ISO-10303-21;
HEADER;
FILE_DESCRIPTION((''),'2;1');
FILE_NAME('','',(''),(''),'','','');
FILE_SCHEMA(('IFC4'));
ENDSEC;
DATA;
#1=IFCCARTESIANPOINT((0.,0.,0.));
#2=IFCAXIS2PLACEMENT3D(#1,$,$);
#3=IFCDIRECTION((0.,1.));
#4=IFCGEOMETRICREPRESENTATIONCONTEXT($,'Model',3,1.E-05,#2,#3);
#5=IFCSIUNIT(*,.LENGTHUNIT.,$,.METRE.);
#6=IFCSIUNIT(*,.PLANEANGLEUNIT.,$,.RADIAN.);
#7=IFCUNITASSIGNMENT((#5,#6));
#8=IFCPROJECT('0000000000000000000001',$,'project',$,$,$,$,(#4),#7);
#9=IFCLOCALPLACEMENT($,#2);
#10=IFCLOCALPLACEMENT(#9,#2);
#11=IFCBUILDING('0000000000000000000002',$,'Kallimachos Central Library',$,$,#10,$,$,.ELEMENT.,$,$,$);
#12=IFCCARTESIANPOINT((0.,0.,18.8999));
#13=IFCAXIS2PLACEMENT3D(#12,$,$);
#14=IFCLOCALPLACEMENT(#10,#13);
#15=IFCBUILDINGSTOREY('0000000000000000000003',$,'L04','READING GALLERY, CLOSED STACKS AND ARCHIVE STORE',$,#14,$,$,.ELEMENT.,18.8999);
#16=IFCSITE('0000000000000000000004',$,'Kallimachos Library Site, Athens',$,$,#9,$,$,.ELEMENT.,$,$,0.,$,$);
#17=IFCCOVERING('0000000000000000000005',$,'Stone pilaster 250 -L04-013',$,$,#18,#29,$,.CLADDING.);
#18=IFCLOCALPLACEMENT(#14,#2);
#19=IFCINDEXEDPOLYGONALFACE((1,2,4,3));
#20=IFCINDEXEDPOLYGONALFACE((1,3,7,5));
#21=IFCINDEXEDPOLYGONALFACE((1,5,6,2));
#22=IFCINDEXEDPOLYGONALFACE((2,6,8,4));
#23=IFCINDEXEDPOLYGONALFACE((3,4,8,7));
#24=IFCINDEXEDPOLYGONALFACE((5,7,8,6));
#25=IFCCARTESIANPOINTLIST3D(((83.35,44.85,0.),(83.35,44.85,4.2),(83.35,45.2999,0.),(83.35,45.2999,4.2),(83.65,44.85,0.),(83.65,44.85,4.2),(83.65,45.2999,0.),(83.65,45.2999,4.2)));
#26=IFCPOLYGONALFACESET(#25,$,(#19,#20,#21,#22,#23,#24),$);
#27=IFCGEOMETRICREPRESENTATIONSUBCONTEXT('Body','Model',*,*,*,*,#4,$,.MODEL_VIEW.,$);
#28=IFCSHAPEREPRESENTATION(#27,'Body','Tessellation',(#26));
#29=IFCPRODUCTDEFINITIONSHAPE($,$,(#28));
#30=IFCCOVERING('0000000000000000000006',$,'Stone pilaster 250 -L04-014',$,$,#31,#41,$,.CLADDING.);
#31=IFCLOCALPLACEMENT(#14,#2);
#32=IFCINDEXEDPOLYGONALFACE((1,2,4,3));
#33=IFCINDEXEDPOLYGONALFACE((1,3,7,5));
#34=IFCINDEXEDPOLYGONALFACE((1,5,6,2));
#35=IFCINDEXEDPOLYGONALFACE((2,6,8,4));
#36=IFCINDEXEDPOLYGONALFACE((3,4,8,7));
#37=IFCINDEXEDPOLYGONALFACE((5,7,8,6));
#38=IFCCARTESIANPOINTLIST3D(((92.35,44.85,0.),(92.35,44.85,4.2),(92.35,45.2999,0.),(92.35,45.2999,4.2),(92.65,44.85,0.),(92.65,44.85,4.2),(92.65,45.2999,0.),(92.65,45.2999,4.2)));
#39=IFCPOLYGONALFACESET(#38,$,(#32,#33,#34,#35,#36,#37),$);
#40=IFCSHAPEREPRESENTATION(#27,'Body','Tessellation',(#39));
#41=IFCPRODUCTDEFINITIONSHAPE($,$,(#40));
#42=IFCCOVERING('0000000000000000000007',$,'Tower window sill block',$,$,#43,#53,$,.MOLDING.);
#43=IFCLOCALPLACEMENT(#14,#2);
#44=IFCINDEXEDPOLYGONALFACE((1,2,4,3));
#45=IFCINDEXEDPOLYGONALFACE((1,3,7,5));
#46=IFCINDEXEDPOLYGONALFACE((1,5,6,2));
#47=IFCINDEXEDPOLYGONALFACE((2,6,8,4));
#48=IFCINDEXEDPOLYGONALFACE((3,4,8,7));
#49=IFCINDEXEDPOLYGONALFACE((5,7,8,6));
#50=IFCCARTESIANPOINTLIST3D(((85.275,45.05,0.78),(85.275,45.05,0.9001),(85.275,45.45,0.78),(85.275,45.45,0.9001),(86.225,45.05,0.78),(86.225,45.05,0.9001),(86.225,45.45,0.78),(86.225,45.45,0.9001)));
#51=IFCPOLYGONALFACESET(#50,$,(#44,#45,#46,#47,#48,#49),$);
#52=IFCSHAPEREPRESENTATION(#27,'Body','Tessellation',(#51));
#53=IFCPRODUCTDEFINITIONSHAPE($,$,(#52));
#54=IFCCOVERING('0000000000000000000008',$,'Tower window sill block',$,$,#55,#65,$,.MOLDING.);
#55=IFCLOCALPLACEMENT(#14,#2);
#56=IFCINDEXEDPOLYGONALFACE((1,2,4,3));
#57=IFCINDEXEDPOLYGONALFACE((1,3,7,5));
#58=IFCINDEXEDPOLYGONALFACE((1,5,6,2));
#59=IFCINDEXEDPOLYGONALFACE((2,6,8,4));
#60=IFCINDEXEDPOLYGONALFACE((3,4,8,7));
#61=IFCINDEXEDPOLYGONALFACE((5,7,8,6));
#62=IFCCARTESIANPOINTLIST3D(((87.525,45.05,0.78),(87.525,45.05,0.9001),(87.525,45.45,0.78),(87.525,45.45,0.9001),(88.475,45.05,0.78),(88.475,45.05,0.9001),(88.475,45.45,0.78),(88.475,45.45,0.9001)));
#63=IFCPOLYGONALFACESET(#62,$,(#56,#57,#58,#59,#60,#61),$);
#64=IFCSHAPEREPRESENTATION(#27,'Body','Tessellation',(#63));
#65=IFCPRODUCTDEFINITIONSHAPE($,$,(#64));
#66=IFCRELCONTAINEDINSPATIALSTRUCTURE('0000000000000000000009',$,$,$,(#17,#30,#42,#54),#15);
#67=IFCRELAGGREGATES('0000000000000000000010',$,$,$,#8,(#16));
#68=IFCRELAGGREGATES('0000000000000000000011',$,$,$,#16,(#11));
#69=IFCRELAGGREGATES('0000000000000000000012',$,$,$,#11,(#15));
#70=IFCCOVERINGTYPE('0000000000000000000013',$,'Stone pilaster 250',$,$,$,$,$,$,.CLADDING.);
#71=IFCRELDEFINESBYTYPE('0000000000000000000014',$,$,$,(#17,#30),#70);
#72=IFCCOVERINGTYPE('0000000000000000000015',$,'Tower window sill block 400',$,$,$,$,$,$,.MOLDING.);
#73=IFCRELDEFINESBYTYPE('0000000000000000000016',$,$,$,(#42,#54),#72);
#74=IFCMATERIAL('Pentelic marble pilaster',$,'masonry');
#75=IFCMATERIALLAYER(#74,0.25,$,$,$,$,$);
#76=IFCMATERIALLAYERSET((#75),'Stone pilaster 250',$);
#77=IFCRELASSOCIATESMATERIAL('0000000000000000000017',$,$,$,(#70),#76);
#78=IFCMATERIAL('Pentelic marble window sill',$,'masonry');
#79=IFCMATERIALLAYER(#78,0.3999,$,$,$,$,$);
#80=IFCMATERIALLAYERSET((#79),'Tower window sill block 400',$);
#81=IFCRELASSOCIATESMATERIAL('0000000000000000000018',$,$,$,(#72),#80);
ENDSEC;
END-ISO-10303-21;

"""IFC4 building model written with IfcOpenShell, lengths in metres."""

from ifc_helpers import new_model, si_unit, direction, frame, origin, origin_2d, place, context, subcontext, project, spatial, rectangle, extrude, material, layer, layer_set, type_object, element, save


model = new_model("IFC4")

# Units and contexts
model_context = context("Model", 3, precision=1e-05, world=origin(), true_north=direction((0.0, 1.0)))
body_context = subcontext(model_context, "Body", "Model", "MODEL_VIEW")
ifc_project = project(units=[si_unit("LENGTHUNIT", "METRE"), si_unit("PLANEANGLEUNIT", "RADIAN")], contexts=[model_context])

# Site, building, storey
site_placement = place(None, origin())
site = spatial("IfcSite", under=ifc_project, at=site_placement, Name="Kallimachos Library Site, Athens", CompositionType="ELEMENT", RefElevation=0.0)
building_placement = place(site_placement, origin())
building = spatial("IfcBuilding", under=site, at=building_placement, Name="Kallimachos Central Library", CompositionType="ELEMENT")
storey_placement = place(building_placement, frame((0.0, 0.0, 18.8999)))
storey = spatial("IfcBuildingStorey", under=building, at=storey_placement, Name="L04", Description="READING GALLERY, CLOSED STACKS AND ARCHIVE STORE", CompositionType="ELEMENT", Elevation=18.8999)

# Coverings
ifc_material_1 = material(Name="Pentelic marble pilaster", Category="masonry")
ifc_layer_1 = layer(ifc_material_1, 0.25)
ifc_layer_set_1 = layer_set([ifc_layer_1], Name="Stone pilaster 250")
covering_type_1 = type_object("IfcCoveringType", Name="Stone pilaster 250", PredefinedType="CLADDING", material=ifc_layer_set_1)
for number, where, z_axis, x_axis, name in (
    (1, (83.5, 45.075, 0.0), (0.0, 0.0, 1.0), (1.0, 0.0, 0.0), "Stone pilaster 250 -L04-013"),
    (2, (92.5, 45.075, 0.0), (0.0, 0.0, 1.0), (1.0, 0.0, 0.0), "Stone pilaster 250 -L04-014"),
):
    element("IfcCovering", number, at=place(storey_placement, frame(where, z_axis=z_axis, x_axis=x_axis)), inside=storey, type_object=covering_type_1, Name=name, PredefinedType="CLADDING", context=body_context, shape_type="SweptSolid", body=[
        extrude(rectangle(XDim=0.3, YDim=0.45, at=origin_2d()), origin(), (0.0, 0.0, 1.0), 4.2),
    ])
ifc_material_2 = material(Name="Pentelic marble window sill", Category="masonry")
ifc_layer_2 = layer(ifc_material_2, 0.3999)
ifc_layer_set_2 = layer_set([ifc_layer_2], Name="Tower window sill block 400")
covering_type_2 = type_object("IfcCoveringType", Name="Tower window sill block 400", PredefinedType="MOLDING", material=ifc_layer_set_2)
for number, where, z_axis, x_axis, name in (
    (3, (85.75, 45.25, 0.78), (0.0, 0.0, 1.0), (1.0, 0.0, 0.0), "Tower window sill block"),
    (4, (88.0, 45.25, 0.78), (0.0, 0.0, 1.0), (1.0, 0.0, 0.0), "Tower window sill block"),
):
    element("IfcCovering", number, at=place(storey_placement, frame(where, z_axis=z_axis, x_axis=x_axis)), inside=storey, type_object=covering_type_2, Name=name, PredefinedType="MOLDING", context=body_context, shape_type="SweptSolid", body=[
        extrude(rectangle(XDim=0.95, YDim=0.3999, at=origin_2d()), origin(), (0.0, 0.0, 1.0), 0.1201),
    ])

save(model, "model.ifc")
